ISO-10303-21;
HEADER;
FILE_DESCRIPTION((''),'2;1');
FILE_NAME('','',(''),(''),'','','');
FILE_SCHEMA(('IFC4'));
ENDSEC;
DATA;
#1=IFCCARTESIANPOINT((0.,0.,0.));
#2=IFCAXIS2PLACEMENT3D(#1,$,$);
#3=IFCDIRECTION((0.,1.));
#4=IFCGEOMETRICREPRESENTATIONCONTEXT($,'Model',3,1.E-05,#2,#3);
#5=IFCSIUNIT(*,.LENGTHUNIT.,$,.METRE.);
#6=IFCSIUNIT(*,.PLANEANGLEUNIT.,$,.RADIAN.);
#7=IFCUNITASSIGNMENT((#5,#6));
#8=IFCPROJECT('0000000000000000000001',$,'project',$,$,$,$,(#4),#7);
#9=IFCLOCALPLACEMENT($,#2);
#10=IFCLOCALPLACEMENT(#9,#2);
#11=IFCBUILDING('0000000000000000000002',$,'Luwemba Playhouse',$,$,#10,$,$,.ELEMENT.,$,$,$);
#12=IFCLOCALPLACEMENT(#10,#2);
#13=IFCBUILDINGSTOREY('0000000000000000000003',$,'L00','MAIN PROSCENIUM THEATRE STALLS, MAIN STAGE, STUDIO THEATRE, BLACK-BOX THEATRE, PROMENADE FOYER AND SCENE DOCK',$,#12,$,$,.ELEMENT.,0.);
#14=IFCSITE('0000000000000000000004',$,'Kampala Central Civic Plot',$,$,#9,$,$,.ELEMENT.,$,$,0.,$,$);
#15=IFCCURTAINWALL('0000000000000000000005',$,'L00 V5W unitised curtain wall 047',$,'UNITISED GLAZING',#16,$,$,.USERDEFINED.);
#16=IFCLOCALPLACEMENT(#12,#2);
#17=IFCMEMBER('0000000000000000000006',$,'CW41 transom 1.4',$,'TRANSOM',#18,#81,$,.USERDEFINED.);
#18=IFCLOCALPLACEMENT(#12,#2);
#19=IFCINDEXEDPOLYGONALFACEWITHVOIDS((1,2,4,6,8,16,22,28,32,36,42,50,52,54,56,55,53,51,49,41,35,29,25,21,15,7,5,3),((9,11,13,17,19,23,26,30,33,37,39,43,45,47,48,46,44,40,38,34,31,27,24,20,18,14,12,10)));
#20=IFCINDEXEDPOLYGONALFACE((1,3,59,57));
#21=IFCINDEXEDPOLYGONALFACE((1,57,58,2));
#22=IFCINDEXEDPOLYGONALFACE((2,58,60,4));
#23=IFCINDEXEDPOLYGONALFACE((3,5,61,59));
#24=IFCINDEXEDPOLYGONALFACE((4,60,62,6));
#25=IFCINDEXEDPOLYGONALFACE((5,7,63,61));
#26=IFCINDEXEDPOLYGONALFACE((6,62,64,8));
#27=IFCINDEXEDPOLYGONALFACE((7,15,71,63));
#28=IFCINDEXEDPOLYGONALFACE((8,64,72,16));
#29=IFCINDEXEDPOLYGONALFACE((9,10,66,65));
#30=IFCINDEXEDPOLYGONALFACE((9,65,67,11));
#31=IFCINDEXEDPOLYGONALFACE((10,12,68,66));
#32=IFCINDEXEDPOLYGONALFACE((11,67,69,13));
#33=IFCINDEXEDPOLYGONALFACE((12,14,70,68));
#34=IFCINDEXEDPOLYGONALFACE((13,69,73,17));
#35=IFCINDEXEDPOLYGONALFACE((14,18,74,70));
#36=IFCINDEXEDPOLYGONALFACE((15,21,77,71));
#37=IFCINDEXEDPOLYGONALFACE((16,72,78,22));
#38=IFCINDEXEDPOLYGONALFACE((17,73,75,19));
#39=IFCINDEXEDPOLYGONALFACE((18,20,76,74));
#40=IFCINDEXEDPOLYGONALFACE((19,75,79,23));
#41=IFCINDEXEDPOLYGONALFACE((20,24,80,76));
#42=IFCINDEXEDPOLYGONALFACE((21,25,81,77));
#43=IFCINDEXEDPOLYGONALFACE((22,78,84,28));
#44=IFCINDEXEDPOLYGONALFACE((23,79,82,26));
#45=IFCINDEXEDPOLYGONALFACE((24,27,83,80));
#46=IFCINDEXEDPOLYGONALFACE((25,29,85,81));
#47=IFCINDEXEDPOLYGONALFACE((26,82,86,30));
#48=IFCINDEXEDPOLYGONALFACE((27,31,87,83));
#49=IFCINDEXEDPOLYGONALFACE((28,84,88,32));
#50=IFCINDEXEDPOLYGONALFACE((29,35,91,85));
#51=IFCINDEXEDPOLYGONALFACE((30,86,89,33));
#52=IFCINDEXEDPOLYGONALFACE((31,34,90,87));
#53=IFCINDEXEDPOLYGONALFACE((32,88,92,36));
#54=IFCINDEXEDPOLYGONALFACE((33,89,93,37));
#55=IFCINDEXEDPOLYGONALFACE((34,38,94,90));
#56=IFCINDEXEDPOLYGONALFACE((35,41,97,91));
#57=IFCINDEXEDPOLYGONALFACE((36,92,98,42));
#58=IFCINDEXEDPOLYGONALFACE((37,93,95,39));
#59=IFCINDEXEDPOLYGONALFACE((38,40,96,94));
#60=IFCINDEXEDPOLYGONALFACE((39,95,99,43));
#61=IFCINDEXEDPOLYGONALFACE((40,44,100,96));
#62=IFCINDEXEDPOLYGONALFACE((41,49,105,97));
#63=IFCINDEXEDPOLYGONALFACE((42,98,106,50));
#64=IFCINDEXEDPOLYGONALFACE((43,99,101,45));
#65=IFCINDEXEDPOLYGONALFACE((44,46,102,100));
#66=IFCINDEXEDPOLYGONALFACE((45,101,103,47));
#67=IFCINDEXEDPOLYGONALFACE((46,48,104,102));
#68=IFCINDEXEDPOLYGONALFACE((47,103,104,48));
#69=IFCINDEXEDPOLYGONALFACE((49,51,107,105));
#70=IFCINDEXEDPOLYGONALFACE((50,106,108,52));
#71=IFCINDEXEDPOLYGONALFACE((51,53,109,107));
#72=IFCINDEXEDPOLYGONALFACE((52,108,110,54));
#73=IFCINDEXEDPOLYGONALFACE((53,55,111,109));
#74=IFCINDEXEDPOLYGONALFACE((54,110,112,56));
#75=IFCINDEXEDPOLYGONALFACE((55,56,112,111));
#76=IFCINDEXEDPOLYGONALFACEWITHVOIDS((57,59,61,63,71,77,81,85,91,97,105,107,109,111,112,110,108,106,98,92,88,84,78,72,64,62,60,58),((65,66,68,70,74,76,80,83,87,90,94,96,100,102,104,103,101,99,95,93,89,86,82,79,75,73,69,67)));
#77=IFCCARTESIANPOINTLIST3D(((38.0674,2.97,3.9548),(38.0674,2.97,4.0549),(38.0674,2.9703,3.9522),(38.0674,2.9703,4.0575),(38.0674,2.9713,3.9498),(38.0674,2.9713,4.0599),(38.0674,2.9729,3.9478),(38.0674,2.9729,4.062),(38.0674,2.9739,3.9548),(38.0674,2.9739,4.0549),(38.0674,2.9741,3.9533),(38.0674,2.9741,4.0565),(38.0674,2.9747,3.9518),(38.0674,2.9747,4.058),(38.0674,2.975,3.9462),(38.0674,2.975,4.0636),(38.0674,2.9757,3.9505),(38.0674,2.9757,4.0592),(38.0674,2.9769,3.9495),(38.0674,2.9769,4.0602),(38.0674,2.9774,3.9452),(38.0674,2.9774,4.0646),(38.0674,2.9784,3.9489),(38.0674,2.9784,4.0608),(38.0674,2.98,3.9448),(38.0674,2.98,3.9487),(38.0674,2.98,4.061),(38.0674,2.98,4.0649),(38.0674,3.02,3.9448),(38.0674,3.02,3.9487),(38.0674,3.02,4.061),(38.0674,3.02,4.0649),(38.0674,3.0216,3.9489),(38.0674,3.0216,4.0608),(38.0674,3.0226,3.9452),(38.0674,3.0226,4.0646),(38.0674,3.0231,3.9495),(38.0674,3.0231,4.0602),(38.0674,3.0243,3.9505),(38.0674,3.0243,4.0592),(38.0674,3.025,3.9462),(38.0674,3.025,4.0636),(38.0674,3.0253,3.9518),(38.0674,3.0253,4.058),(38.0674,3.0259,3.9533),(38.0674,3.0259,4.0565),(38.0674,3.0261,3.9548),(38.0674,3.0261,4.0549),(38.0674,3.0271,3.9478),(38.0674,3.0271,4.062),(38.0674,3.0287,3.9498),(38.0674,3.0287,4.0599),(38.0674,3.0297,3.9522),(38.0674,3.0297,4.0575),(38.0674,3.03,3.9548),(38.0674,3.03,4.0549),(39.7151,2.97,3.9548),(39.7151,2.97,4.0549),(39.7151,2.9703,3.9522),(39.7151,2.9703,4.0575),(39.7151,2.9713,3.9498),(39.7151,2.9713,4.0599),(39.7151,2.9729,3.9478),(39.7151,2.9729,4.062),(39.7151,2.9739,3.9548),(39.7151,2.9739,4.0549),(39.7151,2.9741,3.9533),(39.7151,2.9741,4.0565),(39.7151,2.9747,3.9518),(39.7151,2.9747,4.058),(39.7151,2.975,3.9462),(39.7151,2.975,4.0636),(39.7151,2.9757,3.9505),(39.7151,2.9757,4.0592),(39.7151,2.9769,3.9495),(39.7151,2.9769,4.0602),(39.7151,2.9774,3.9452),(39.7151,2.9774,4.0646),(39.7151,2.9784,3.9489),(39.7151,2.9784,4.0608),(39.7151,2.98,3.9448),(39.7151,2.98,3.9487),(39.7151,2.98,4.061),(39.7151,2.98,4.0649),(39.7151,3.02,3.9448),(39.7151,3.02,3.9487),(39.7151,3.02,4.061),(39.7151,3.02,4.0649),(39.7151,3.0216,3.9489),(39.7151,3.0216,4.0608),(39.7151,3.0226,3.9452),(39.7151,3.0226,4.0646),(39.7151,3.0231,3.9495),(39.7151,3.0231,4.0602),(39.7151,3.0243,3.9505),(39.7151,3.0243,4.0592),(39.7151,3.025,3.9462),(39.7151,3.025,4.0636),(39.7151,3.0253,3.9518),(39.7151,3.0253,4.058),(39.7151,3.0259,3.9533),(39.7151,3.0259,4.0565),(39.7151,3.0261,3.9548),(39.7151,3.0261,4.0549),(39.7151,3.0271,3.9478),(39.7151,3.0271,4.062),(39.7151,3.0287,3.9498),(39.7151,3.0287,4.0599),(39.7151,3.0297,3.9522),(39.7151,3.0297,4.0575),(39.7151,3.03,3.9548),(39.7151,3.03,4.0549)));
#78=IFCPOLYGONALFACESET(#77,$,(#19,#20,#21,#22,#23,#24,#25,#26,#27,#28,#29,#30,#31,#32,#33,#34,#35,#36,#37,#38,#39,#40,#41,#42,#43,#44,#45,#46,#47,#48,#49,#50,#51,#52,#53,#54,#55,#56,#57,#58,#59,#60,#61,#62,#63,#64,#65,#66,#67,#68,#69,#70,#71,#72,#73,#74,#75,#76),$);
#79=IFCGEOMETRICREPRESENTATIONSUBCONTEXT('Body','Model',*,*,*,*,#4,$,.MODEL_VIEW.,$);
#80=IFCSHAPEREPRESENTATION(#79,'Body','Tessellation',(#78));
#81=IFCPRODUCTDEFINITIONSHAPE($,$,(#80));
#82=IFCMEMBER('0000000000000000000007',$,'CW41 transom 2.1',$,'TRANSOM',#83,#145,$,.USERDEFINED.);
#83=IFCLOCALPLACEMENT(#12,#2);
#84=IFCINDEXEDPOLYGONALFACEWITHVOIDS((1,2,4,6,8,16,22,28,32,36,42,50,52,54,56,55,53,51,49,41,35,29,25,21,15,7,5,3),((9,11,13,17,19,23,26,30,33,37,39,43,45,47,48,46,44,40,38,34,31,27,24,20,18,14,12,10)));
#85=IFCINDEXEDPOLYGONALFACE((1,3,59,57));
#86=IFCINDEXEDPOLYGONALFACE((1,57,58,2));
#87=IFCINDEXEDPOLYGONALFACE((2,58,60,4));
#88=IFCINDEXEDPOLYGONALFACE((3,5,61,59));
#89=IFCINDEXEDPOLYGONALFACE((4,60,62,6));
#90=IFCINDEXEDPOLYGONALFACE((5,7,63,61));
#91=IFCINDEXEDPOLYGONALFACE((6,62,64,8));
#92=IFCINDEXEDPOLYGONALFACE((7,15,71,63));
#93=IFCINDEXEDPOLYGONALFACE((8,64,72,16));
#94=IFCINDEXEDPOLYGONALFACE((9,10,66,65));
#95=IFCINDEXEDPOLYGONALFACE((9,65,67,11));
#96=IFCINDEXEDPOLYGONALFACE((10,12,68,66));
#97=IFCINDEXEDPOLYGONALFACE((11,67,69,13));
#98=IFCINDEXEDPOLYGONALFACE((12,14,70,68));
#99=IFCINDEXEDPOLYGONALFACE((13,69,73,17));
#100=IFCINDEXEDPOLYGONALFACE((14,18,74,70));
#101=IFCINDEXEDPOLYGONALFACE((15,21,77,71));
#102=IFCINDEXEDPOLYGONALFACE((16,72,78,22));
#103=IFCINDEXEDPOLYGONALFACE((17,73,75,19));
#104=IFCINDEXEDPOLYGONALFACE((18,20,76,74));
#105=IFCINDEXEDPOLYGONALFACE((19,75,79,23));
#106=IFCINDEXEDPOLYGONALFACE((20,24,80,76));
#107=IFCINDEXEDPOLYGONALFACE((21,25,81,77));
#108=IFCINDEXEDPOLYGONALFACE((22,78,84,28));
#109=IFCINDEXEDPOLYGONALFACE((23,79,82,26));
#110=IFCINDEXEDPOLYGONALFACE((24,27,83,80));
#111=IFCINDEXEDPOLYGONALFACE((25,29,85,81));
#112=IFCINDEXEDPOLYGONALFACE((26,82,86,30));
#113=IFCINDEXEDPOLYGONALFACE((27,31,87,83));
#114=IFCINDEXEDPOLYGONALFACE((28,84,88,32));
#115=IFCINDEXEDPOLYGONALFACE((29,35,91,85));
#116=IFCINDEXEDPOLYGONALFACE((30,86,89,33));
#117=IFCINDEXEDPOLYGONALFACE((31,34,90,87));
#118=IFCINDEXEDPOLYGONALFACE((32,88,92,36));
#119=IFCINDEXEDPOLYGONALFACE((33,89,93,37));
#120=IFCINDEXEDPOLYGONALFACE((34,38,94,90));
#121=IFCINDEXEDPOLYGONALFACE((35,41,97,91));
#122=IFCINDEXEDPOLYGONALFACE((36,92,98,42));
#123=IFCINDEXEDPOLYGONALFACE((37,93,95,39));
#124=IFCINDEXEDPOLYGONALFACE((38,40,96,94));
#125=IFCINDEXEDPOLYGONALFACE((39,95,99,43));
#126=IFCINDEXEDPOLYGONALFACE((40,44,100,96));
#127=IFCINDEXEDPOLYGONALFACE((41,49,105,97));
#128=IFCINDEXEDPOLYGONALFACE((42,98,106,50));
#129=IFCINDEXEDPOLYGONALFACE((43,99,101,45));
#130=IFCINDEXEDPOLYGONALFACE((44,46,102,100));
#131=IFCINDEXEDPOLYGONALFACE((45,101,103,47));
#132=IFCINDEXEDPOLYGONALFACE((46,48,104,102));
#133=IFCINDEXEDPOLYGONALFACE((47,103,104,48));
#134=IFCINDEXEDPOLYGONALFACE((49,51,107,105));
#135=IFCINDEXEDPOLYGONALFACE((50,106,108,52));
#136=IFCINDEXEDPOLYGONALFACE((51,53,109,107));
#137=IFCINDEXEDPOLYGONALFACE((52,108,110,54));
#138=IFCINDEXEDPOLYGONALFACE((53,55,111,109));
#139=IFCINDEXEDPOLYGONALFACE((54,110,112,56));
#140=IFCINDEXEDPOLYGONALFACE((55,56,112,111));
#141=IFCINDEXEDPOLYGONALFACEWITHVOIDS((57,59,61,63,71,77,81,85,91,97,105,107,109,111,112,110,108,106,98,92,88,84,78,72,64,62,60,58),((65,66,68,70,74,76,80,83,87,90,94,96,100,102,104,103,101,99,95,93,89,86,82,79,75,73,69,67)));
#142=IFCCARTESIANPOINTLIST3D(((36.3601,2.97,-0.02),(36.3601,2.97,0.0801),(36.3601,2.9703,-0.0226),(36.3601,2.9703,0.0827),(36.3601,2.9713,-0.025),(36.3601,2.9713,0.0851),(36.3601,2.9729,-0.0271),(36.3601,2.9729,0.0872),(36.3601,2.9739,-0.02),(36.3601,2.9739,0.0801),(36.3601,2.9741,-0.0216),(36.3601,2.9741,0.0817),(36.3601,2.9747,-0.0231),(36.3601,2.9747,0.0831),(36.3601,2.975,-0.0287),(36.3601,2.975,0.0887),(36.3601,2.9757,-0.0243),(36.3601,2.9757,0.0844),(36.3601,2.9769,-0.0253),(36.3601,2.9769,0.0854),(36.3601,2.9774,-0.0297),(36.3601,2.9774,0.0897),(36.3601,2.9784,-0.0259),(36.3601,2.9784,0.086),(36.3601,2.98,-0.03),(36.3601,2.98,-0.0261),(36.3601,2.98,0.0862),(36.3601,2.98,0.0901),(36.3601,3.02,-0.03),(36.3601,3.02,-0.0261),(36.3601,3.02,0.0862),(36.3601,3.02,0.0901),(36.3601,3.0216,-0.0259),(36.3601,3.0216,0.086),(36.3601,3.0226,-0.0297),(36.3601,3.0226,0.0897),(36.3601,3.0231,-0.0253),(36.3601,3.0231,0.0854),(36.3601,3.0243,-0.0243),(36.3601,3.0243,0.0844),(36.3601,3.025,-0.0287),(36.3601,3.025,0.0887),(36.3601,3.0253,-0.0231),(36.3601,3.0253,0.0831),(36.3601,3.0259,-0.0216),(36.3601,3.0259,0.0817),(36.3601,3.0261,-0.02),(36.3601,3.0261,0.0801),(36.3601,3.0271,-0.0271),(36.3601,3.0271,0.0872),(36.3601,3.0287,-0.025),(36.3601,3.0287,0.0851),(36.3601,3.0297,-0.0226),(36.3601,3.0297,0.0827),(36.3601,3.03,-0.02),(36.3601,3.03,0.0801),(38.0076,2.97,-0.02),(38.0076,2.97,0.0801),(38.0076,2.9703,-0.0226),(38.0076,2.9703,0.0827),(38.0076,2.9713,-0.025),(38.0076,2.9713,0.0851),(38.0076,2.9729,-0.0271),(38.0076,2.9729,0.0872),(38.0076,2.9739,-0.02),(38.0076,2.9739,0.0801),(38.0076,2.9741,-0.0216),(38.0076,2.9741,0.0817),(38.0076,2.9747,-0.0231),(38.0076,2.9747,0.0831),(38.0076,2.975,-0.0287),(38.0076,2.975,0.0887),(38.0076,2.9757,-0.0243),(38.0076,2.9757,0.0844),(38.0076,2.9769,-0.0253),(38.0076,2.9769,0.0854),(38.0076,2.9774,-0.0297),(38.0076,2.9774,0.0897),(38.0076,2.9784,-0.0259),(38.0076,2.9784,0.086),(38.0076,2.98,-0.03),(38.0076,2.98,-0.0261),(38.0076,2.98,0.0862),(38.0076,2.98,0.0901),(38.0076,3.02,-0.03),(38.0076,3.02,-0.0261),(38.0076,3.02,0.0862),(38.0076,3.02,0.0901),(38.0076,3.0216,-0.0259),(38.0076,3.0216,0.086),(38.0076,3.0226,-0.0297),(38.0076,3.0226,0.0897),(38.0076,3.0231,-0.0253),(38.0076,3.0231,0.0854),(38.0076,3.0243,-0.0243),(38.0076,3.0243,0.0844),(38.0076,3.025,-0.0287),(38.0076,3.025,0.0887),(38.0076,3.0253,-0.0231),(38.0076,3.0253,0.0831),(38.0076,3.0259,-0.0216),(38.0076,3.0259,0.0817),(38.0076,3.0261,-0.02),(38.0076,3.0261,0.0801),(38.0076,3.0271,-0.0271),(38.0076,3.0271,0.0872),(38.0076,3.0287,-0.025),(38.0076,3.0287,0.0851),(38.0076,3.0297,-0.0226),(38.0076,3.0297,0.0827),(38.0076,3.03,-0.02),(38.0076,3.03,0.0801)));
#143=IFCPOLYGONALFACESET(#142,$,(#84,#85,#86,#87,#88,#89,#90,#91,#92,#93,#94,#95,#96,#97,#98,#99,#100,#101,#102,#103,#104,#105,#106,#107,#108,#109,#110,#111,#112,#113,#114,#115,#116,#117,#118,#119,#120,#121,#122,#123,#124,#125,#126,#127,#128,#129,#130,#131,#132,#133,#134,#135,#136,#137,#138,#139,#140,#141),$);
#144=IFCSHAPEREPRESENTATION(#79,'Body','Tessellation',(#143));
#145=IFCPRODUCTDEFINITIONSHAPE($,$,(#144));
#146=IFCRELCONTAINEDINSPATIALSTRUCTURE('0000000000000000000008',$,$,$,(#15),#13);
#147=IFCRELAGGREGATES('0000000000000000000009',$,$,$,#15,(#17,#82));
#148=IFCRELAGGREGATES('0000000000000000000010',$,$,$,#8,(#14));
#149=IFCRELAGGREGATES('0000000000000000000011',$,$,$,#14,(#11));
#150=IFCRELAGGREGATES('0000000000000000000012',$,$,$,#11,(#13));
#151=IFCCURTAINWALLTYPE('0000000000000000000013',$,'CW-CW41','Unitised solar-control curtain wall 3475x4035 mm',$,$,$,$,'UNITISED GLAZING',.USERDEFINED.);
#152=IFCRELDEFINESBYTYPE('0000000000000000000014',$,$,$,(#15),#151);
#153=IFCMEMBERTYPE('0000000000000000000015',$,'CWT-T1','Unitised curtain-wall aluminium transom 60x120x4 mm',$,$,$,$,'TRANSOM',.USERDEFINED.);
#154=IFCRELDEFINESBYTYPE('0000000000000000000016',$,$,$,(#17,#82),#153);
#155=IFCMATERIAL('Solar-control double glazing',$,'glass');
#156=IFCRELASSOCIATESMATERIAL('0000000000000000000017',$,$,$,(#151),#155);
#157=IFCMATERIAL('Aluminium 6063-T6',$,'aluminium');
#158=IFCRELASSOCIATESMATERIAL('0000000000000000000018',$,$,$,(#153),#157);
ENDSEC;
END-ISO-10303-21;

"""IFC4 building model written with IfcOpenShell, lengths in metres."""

from ifc_helpers import new_model, si_unit, direction, frame, origin, origin_2d, place, context, subcontext, project, spatial, hollow_rectangle, extrude, material, material_profile, profile_set, type_object, element, aggregate, save


model = new_model("IFC4")

# Units and contexts
model_context = context("Model", 3, precision=1e-05, world=origin(), true_north=direction((0.0, 1.0)))
body_context = subcontext(model_context, "Body", "Model", "MODEL_VIEW")
ifc_project = project(units=[si_unit("LENGTHUNIT", "METRE"), si_unit("PLANEANGLEUNIT", "RADIAN")], contexts=[model_context])

# Site, building, storey
site_placement = place(None, origin())
site = spatial("IfcSite", under=ifc_project, at=site_placement, Name="Kampala Central Civic Plot", CompositionType="ELEMENT", RefElevation=0.0)
building_placement = place(site_placement, origin())
building = spatial("IfcBuilding", under=site, at=building_placement, Name="Luwemba Playhouse", CompositionType="ELEMENT")
storey_placement = place(building_placement, origin())
storey = spatial("IfcBuildingStorey", under=building, at=storey_placement, Name="L00", Description="MAIN PROSCENIUM THEATRE STALLS, MAIN STAGE, STUDIO THEATRE, BLACK-BOX THEATRE, PROMENADE FOYER AND SCENE DOCK", CompositionType="ELEMENT", Elevation=0.0)

# Curtain wall
ifc_material_1 = material(Name="Solar-control double glazing", Category="glass")
curtain_wall_type_1 = type_object("IfcCurtainWallType", Name="CW-CW41", Description="Unitised solar-control curtain wall 3475x4035 mm", ElementType="UNITISED GLAZING", PredefinedType="USERDEFINED", material=ifc_material_1)
curtain_wall_1_placement = place(storey_placement, origin())
curtain_wall_1 = element("IfcCurtainWall", 1, at=curtain_wall_1_placement, inside=storey, type_object=curtain_wall_type_1, Name="L00 V5W unitised curtain wall 047", ObjectType="UNITISED GLAZING", PredefinedType="USERDEFINED")
ifc_material_2 = material(Name="Aluminium 6063-T6", Category="aluminium")

# Members
ifc_material_profile_1 = material_profile(ifc_material_2, hollow_rectangle(XDim=0.0601, YDim=0.1201, WallThickness=0.0039, InnerFilletRadius=0.0061, OuterFilletRadius=0.01, at=origin_2d()))
ifc_profile_set_1 = profile_set([ifc_material_profile_1], Name="Aluminium 6063-T6")
member_type_1 = type_object("IfcMemberType", Name="CWT-T1", Description="Unitised curtain-wall aluminium transom 60x120x4 mm", ElementType="TRANSOM", PredefinedType="USERDEFINED", material=ifc_profile_set_1)
member_1_placement = place(storey_placement, frame((39.7151, 3.0, 4.0049), z_axis=(-1.0, 0.0, 0.0), x_axis=(0.0, -1.0, 0.0)))
member_1 = element("IfcMember", 2, at=member_1_placement, type_object=member_type_1, Name="CW41 transom 1.4", ObjectType="TRANSOM", PredefinedType="USERDEFINED", context=body_context, shape_type="SweptSolid", body=[
    extrude(hollow_rectangle(XDim=0.0601, YDim=0.1201, WallThickness=0.0039, InnerFilletRadius=0.0061, OuterFilletRadius=0.01, at=origin_2d()), origin(), (0.0, 0.0, 1.0), 1.6477),
])
member_2_placement = place(storey_placement, frame((38.0076, 3.0, 0.03), z_axis=(-1.0, 0.0, 0.0), x_axis=(0.0, -1.0, 0.0)))
member_2 = element("IfcMember", 3, at=member_2_placement, type_object=member_type_1, Name="CW41 transom 2.1", ObjectType="TRANSOM", PredefinedType="USERDEFINED", context=body_context, shape_type="SweptSolid", body=[
    extrude(hollow_rectangle(XDim=0.0601, YDim=0.1201, WallThickness=0.0039, InnerFilletRadius=0.0061, OuterFilletRadius=0.01, at=origin_2d()), origin(), (0.0, 0.0, 1.0), 1.6475),
])

aggregate(curtain_wall_1, [member_1, member_2])

save(model, "model.ifc")
